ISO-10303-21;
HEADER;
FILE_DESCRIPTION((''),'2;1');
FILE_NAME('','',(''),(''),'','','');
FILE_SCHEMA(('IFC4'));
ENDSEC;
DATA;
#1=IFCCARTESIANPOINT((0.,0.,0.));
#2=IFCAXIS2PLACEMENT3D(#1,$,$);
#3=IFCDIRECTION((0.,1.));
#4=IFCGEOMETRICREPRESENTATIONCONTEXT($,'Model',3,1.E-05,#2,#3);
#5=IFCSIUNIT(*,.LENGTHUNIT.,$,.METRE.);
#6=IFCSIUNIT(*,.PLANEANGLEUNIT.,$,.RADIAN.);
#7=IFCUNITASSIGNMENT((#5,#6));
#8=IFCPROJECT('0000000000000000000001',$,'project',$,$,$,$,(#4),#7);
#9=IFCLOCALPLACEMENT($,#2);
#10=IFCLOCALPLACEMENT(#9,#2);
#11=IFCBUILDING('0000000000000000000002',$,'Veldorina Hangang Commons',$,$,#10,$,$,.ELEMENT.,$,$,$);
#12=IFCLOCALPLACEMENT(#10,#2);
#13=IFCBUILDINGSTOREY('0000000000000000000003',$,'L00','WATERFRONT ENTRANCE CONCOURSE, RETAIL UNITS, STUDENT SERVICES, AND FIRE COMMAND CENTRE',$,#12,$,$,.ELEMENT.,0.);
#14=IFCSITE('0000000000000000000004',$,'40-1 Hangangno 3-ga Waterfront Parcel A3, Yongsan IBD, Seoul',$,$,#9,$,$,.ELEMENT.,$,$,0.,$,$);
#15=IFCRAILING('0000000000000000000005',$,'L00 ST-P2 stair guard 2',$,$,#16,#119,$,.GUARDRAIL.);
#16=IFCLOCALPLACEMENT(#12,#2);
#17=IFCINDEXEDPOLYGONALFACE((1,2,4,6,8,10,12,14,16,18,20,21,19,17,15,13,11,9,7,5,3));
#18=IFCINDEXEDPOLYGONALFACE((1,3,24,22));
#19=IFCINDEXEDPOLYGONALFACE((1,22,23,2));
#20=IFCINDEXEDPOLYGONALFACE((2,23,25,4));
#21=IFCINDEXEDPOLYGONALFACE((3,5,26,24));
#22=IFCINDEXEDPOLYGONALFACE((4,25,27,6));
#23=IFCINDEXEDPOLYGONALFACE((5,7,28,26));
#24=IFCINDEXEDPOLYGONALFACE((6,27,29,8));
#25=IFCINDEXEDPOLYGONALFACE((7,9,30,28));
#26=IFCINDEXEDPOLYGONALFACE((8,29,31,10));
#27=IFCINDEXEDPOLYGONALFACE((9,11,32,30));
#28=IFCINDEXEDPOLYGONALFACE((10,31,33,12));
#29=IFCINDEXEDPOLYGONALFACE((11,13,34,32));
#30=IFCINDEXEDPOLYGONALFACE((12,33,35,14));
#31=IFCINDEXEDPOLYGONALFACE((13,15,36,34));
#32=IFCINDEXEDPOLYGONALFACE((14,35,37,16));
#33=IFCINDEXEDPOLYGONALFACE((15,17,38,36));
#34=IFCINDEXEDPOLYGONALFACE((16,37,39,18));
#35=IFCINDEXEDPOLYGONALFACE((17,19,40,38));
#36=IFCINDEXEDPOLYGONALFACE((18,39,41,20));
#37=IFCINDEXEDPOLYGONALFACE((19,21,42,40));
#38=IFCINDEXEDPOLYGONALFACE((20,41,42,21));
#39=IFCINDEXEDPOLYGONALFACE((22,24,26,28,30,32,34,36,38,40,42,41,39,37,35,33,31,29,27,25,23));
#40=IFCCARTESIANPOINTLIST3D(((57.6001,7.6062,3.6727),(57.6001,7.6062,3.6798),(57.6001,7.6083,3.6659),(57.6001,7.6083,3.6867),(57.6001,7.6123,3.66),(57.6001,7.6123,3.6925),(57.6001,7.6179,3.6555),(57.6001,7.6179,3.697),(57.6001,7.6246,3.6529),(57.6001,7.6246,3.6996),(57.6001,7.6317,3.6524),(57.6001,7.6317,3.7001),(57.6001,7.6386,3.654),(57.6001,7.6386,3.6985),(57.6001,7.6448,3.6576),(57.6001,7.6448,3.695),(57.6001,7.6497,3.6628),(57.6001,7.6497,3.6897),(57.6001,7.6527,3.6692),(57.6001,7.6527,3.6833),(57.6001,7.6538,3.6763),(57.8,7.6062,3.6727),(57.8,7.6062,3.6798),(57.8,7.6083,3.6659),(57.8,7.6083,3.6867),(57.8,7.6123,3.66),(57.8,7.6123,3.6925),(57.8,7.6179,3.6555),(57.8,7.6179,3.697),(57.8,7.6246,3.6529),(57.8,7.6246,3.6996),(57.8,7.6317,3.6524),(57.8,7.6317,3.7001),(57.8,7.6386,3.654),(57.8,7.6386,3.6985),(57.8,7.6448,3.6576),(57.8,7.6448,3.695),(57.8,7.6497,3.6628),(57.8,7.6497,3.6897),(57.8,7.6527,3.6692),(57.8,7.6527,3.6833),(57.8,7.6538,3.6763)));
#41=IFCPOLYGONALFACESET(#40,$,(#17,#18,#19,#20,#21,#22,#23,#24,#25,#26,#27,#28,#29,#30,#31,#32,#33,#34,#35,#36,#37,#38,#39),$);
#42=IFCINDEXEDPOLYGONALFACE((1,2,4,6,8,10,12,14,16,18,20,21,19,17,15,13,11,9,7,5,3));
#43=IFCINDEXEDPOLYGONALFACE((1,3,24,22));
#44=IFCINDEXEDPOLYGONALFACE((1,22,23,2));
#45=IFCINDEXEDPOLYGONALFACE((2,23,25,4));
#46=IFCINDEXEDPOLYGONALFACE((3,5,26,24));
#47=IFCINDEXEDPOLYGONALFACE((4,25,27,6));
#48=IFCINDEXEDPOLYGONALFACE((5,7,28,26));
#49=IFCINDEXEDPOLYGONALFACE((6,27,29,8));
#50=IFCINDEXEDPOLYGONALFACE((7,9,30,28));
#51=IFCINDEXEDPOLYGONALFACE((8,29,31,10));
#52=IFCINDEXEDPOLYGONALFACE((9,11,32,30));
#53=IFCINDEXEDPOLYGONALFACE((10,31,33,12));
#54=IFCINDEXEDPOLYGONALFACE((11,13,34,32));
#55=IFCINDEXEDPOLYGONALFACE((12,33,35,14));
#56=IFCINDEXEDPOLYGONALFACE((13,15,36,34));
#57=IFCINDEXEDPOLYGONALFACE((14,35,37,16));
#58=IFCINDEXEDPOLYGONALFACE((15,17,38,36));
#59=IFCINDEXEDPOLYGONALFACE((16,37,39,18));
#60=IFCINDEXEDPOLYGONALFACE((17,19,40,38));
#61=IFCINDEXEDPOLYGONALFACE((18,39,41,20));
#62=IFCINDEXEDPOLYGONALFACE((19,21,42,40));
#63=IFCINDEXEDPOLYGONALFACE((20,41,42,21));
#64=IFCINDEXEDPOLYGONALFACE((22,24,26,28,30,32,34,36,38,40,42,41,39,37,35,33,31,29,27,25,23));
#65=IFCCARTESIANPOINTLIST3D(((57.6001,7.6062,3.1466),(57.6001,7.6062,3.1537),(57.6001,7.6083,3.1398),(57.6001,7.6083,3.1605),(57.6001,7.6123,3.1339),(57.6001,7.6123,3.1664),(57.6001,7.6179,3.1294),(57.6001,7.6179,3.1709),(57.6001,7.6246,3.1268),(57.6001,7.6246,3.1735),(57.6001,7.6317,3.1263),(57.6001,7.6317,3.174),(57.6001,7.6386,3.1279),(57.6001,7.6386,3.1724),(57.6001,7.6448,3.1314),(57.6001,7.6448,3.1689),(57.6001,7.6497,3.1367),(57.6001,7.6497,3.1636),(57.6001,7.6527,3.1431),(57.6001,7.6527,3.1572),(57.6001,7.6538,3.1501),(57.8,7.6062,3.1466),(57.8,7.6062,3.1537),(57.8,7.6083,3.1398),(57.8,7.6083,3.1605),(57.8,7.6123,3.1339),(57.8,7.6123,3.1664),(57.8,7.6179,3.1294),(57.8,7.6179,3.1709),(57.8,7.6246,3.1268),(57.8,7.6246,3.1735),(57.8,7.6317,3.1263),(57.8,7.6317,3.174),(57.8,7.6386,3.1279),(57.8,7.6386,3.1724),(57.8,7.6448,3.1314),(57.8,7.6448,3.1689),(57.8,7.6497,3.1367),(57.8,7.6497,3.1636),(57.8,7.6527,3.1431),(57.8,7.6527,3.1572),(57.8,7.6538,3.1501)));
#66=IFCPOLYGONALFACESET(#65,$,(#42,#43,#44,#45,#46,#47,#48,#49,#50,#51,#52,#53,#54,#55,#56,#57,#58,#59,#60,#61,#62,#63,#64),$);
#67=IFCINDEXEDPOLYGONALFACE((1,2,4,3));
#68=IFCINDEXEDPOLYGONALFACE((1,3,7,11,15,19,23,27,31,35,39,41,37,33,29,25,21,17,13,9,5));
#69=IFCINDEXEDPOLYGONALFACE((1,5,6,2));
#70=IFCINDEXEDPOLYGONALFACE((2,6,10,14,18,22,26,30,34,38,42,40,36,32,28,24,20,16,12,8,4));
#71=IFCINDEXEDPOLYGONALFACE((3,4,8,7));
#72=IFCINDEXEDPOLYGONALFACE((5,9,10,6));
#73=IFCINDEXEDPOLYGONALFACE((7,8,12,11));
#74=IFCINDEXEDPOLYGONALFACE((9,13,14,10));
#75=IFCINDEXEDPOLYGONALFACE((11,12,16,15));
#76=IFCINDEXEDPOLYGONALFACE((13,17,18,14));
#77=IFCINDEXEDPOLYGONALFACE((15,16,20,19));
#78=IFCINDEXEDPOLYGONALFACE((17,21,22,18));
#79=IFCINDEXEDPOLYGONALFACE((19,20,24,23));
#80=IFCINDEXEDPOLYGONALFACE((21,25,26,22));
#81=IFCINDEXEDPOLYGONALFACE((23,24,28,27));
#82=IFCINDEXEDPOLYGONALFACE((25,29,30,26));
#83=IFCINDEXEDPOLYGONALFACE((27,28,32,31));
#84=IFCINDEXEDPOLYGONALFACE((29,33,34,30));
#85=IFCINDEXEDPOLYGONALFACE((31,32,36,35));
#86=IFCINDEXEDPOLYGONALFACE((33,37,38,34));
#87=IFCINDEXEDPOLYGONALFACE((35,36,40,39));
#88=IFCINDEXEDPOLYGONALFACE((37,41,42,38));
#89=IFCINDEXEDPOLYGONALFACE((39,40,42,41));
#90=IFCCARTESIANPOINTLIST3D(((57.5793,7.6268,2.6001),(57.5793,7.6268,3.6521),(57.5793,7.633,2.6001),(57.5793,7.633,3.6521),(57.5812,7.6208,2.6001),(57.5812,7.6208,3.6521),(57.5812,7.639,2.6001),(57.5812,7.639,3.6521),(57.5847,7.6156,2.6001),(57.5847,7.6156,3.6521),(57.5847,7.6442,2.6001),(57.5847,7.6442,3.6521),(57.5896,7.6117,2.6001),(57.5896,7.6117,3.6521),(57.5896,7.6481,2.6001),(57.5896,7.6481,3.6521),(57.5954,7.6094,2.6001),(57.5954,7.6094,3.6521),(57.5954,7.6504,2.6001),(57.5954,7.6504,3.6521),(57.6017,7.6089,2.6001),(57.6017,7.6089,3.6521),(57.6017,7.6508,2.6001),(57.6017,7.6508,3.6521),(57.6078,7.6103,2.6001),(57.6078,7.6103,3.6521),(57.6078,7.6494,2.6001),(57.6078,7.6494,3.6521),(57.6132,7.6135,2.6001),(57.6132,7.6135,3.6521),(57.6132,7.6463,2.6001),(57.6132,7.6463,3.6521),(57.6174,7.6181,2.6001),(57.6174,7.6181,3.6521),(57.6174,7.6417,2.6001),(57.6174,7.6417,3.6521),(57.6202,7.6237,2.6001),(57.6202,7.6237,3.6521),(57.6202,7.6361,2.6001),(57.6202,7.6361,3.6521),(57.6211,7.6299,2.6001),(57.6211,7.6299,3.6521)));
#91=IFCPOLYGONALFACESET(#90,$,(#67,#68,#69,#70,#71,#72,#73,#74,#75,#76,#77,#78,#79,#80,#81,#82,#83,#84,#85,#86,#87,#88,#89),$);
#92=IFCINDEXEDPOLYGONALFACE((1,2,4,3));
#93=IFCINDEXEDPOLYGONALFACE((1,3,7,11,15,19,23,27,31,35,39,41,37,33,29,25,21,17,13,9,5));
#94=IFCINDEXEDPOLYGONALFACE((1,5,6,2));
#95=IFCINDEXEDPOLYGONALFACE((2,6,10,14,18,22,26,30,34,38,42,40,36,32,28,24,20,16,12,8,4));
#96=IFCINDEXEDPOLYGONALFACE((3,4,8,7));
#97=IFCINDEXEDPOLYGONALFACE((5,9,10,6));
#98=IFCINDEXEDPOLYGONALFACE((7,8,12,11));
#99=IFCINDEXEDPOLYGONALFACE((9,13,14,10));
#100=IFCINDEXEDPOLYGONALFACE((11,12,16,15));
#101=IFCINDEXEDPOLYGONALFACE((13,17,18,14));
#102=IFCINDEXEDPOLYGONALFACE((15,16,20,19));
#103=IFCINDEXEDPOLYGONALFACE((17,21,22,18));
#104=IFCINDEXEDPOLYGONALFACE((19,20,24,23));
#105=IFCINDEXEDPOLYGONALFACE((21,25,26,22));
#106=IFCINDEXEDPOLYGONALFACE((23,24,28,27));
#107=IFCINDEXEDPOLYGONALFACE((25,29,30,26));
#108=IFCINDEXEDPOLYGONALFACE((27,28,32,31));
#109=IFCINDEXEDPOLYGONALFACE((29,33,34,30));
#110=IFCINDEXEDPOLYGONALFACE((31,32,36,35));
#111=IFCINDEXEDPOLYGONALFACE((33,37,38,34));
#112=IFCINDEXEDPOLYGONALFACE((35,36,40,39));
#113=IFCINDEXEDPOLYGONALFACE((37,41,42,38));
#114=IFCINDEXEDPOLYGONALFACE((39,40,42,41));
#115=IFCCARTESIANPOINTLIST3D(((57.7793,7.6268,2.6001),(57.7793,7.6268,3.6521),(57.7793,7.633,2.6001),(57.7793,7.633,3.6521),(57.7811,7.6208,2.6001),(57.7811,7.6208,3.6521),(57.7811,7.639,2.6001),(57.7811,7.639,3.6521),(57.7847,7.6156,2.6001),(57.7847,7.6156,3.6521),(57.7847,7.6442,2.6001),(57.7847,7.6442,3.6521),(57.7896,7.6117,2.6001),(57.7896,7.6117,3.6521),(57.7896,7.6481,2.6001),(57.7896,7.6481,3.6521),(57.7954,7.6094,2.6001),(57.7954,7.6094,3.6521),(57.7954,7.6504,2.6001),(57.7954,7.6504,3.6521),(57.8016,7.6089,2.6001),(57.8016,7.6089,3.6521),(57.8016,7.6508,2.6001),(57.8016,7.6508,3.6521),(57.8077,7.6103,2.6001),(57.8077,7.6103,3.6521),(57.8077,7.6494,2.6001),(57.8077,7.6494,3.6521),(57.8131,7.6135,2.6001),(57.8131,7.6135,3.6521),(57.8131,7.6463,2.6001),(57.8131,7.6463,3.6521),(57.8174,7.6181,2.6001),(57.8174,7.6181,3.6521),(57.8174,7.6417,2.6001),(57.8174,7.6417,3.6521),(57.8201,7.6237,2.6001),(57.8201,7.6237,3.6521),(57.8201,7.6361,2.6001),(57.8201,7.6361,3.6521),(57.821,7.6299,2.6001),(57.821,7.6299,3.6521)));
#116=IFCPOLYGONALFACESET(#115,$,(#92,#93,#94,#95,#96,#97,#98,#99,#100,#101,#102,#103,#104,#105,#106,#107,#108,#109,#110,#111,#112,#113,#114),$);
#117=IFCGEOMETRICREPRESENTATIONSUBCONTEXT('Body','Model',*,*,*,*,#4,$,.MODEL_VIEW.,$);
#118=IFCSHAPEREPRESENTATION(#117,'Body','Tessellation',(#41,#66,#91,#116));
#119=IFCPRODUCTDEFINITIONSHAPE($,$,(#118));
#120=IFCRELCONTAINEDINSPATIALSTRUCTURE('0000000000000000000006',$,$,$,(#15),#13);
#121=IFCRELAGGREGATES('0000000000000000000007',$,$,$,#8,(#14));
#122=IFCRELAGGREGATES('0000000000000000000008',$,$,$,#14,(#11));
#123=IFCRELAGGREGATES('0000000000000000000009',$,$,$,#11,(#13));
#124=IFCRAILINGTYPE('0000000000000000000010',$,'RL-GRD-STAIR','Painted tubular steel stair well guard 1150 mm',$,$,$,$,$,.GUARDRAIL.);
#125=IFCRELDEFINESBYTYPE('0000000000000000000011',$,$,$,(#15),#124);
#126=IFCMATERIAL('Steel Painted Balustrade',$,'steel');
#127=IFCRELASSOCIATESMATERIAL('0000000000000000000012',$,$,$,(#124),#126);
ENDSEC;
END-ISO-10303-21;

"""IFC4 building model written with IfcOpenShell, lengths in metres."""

from ifc_helpers import new_model, si_unit, direction, frame, origin, origin_2d, place, context, subcontext, project, spatial, circle, extrude, material, type_object, element, save


model = new_model("IFC4")

# Units and contexts
model_context = context("Model", 3, precision=1e-05, world=origin(), true_north=direction((0.0, 1.0)))
body_context = subcontext(model_context, "Body", "Model", "MODEL_VIEW")
ifc_project = project(units=[si_unit("LENGTHUNIT", "METRE"), si_unit("PLANEANGLEUNIT", "RADIAN")], contexts=[model_context])

# Site, building, storey
site_placement = place(None, origin())
site = spatial("IfcSite", under=ifc_project, at=site_placement, Name="40-1 Hangangno 3-ga Waterfront Parcel A3, Yongsan IBD, Seoul", CompositionType="ELEMENT", RefElevation=0.0)
building_placement = place(site_placement, origin())
building = spatial("IfcBuilding", under=site, at=building_placement, Name="Veldorina Hangang Commons", CompositionType="ELEMENT")
storey_placement = place(building_placement, origin())
storey = spatial("IfcBuildingStorey", under=building, at=storey_placement, Name="L00", Description="WATERFRONT ENTRANCE CONCOURSE, RETAIL UNITS, STUDENT SERVICES, AND FIRE COMMAND CENTRE", CompositionType="ELEMENT", Elevation=0.0)

# Railing
ifc_material_1 = material(Name="Steel Painted Balustrade", Category="steel")
railing_type_1 = type_object("IfcRailingType", Name="RL-GRD-STAIR", Description="Painted tubular steel stair well guard 1150 mm", PredefinedType="GUARDRAIL", material=ifc_material_1)
railing_1_placement = place(storey_placement, frame((57.6001, 7.6299, 2.6001)))
element("IfcRailing", 1, at=railing_1_placement, inside=storey, type_object=railing_type_1, Name="L00 ST-P2 stair guard 2", PredefinedType="GUARDRAIL", context=body_context, shape_type="SweptSolid", body=[
    extrude(circle(Radius=0.0239, at=origin_2d()), frame((0.0, 0.0, 1.0762), z_axis=(1.0, 0.0, 0.0), x_axis=(0.0, 1.0, 0.0)), (0.0, 0.0, 1.0), 0.2),
    extrude(circle(Radius=0.0239, at=origin_2d()), frame((0.0, 0.0, 0.55), z_axis=(1.0, 0.0, 0.0), x_axis=(0.0, 1.0, 0.0)), (0.0, 0.0, 1.0), 0.2),
    extrude(circle(Radius=0.021, at=origin_2d()), origin(), (0.0, 0.0, 1.0), 1.052),
    extrude(circle(Radius=0.021, at=origin_2d()), frame((0.2, 0.0, 0.0)), (0.0, 0.0, 1.0), 1.052),
])

save(model, "model.ifc")
